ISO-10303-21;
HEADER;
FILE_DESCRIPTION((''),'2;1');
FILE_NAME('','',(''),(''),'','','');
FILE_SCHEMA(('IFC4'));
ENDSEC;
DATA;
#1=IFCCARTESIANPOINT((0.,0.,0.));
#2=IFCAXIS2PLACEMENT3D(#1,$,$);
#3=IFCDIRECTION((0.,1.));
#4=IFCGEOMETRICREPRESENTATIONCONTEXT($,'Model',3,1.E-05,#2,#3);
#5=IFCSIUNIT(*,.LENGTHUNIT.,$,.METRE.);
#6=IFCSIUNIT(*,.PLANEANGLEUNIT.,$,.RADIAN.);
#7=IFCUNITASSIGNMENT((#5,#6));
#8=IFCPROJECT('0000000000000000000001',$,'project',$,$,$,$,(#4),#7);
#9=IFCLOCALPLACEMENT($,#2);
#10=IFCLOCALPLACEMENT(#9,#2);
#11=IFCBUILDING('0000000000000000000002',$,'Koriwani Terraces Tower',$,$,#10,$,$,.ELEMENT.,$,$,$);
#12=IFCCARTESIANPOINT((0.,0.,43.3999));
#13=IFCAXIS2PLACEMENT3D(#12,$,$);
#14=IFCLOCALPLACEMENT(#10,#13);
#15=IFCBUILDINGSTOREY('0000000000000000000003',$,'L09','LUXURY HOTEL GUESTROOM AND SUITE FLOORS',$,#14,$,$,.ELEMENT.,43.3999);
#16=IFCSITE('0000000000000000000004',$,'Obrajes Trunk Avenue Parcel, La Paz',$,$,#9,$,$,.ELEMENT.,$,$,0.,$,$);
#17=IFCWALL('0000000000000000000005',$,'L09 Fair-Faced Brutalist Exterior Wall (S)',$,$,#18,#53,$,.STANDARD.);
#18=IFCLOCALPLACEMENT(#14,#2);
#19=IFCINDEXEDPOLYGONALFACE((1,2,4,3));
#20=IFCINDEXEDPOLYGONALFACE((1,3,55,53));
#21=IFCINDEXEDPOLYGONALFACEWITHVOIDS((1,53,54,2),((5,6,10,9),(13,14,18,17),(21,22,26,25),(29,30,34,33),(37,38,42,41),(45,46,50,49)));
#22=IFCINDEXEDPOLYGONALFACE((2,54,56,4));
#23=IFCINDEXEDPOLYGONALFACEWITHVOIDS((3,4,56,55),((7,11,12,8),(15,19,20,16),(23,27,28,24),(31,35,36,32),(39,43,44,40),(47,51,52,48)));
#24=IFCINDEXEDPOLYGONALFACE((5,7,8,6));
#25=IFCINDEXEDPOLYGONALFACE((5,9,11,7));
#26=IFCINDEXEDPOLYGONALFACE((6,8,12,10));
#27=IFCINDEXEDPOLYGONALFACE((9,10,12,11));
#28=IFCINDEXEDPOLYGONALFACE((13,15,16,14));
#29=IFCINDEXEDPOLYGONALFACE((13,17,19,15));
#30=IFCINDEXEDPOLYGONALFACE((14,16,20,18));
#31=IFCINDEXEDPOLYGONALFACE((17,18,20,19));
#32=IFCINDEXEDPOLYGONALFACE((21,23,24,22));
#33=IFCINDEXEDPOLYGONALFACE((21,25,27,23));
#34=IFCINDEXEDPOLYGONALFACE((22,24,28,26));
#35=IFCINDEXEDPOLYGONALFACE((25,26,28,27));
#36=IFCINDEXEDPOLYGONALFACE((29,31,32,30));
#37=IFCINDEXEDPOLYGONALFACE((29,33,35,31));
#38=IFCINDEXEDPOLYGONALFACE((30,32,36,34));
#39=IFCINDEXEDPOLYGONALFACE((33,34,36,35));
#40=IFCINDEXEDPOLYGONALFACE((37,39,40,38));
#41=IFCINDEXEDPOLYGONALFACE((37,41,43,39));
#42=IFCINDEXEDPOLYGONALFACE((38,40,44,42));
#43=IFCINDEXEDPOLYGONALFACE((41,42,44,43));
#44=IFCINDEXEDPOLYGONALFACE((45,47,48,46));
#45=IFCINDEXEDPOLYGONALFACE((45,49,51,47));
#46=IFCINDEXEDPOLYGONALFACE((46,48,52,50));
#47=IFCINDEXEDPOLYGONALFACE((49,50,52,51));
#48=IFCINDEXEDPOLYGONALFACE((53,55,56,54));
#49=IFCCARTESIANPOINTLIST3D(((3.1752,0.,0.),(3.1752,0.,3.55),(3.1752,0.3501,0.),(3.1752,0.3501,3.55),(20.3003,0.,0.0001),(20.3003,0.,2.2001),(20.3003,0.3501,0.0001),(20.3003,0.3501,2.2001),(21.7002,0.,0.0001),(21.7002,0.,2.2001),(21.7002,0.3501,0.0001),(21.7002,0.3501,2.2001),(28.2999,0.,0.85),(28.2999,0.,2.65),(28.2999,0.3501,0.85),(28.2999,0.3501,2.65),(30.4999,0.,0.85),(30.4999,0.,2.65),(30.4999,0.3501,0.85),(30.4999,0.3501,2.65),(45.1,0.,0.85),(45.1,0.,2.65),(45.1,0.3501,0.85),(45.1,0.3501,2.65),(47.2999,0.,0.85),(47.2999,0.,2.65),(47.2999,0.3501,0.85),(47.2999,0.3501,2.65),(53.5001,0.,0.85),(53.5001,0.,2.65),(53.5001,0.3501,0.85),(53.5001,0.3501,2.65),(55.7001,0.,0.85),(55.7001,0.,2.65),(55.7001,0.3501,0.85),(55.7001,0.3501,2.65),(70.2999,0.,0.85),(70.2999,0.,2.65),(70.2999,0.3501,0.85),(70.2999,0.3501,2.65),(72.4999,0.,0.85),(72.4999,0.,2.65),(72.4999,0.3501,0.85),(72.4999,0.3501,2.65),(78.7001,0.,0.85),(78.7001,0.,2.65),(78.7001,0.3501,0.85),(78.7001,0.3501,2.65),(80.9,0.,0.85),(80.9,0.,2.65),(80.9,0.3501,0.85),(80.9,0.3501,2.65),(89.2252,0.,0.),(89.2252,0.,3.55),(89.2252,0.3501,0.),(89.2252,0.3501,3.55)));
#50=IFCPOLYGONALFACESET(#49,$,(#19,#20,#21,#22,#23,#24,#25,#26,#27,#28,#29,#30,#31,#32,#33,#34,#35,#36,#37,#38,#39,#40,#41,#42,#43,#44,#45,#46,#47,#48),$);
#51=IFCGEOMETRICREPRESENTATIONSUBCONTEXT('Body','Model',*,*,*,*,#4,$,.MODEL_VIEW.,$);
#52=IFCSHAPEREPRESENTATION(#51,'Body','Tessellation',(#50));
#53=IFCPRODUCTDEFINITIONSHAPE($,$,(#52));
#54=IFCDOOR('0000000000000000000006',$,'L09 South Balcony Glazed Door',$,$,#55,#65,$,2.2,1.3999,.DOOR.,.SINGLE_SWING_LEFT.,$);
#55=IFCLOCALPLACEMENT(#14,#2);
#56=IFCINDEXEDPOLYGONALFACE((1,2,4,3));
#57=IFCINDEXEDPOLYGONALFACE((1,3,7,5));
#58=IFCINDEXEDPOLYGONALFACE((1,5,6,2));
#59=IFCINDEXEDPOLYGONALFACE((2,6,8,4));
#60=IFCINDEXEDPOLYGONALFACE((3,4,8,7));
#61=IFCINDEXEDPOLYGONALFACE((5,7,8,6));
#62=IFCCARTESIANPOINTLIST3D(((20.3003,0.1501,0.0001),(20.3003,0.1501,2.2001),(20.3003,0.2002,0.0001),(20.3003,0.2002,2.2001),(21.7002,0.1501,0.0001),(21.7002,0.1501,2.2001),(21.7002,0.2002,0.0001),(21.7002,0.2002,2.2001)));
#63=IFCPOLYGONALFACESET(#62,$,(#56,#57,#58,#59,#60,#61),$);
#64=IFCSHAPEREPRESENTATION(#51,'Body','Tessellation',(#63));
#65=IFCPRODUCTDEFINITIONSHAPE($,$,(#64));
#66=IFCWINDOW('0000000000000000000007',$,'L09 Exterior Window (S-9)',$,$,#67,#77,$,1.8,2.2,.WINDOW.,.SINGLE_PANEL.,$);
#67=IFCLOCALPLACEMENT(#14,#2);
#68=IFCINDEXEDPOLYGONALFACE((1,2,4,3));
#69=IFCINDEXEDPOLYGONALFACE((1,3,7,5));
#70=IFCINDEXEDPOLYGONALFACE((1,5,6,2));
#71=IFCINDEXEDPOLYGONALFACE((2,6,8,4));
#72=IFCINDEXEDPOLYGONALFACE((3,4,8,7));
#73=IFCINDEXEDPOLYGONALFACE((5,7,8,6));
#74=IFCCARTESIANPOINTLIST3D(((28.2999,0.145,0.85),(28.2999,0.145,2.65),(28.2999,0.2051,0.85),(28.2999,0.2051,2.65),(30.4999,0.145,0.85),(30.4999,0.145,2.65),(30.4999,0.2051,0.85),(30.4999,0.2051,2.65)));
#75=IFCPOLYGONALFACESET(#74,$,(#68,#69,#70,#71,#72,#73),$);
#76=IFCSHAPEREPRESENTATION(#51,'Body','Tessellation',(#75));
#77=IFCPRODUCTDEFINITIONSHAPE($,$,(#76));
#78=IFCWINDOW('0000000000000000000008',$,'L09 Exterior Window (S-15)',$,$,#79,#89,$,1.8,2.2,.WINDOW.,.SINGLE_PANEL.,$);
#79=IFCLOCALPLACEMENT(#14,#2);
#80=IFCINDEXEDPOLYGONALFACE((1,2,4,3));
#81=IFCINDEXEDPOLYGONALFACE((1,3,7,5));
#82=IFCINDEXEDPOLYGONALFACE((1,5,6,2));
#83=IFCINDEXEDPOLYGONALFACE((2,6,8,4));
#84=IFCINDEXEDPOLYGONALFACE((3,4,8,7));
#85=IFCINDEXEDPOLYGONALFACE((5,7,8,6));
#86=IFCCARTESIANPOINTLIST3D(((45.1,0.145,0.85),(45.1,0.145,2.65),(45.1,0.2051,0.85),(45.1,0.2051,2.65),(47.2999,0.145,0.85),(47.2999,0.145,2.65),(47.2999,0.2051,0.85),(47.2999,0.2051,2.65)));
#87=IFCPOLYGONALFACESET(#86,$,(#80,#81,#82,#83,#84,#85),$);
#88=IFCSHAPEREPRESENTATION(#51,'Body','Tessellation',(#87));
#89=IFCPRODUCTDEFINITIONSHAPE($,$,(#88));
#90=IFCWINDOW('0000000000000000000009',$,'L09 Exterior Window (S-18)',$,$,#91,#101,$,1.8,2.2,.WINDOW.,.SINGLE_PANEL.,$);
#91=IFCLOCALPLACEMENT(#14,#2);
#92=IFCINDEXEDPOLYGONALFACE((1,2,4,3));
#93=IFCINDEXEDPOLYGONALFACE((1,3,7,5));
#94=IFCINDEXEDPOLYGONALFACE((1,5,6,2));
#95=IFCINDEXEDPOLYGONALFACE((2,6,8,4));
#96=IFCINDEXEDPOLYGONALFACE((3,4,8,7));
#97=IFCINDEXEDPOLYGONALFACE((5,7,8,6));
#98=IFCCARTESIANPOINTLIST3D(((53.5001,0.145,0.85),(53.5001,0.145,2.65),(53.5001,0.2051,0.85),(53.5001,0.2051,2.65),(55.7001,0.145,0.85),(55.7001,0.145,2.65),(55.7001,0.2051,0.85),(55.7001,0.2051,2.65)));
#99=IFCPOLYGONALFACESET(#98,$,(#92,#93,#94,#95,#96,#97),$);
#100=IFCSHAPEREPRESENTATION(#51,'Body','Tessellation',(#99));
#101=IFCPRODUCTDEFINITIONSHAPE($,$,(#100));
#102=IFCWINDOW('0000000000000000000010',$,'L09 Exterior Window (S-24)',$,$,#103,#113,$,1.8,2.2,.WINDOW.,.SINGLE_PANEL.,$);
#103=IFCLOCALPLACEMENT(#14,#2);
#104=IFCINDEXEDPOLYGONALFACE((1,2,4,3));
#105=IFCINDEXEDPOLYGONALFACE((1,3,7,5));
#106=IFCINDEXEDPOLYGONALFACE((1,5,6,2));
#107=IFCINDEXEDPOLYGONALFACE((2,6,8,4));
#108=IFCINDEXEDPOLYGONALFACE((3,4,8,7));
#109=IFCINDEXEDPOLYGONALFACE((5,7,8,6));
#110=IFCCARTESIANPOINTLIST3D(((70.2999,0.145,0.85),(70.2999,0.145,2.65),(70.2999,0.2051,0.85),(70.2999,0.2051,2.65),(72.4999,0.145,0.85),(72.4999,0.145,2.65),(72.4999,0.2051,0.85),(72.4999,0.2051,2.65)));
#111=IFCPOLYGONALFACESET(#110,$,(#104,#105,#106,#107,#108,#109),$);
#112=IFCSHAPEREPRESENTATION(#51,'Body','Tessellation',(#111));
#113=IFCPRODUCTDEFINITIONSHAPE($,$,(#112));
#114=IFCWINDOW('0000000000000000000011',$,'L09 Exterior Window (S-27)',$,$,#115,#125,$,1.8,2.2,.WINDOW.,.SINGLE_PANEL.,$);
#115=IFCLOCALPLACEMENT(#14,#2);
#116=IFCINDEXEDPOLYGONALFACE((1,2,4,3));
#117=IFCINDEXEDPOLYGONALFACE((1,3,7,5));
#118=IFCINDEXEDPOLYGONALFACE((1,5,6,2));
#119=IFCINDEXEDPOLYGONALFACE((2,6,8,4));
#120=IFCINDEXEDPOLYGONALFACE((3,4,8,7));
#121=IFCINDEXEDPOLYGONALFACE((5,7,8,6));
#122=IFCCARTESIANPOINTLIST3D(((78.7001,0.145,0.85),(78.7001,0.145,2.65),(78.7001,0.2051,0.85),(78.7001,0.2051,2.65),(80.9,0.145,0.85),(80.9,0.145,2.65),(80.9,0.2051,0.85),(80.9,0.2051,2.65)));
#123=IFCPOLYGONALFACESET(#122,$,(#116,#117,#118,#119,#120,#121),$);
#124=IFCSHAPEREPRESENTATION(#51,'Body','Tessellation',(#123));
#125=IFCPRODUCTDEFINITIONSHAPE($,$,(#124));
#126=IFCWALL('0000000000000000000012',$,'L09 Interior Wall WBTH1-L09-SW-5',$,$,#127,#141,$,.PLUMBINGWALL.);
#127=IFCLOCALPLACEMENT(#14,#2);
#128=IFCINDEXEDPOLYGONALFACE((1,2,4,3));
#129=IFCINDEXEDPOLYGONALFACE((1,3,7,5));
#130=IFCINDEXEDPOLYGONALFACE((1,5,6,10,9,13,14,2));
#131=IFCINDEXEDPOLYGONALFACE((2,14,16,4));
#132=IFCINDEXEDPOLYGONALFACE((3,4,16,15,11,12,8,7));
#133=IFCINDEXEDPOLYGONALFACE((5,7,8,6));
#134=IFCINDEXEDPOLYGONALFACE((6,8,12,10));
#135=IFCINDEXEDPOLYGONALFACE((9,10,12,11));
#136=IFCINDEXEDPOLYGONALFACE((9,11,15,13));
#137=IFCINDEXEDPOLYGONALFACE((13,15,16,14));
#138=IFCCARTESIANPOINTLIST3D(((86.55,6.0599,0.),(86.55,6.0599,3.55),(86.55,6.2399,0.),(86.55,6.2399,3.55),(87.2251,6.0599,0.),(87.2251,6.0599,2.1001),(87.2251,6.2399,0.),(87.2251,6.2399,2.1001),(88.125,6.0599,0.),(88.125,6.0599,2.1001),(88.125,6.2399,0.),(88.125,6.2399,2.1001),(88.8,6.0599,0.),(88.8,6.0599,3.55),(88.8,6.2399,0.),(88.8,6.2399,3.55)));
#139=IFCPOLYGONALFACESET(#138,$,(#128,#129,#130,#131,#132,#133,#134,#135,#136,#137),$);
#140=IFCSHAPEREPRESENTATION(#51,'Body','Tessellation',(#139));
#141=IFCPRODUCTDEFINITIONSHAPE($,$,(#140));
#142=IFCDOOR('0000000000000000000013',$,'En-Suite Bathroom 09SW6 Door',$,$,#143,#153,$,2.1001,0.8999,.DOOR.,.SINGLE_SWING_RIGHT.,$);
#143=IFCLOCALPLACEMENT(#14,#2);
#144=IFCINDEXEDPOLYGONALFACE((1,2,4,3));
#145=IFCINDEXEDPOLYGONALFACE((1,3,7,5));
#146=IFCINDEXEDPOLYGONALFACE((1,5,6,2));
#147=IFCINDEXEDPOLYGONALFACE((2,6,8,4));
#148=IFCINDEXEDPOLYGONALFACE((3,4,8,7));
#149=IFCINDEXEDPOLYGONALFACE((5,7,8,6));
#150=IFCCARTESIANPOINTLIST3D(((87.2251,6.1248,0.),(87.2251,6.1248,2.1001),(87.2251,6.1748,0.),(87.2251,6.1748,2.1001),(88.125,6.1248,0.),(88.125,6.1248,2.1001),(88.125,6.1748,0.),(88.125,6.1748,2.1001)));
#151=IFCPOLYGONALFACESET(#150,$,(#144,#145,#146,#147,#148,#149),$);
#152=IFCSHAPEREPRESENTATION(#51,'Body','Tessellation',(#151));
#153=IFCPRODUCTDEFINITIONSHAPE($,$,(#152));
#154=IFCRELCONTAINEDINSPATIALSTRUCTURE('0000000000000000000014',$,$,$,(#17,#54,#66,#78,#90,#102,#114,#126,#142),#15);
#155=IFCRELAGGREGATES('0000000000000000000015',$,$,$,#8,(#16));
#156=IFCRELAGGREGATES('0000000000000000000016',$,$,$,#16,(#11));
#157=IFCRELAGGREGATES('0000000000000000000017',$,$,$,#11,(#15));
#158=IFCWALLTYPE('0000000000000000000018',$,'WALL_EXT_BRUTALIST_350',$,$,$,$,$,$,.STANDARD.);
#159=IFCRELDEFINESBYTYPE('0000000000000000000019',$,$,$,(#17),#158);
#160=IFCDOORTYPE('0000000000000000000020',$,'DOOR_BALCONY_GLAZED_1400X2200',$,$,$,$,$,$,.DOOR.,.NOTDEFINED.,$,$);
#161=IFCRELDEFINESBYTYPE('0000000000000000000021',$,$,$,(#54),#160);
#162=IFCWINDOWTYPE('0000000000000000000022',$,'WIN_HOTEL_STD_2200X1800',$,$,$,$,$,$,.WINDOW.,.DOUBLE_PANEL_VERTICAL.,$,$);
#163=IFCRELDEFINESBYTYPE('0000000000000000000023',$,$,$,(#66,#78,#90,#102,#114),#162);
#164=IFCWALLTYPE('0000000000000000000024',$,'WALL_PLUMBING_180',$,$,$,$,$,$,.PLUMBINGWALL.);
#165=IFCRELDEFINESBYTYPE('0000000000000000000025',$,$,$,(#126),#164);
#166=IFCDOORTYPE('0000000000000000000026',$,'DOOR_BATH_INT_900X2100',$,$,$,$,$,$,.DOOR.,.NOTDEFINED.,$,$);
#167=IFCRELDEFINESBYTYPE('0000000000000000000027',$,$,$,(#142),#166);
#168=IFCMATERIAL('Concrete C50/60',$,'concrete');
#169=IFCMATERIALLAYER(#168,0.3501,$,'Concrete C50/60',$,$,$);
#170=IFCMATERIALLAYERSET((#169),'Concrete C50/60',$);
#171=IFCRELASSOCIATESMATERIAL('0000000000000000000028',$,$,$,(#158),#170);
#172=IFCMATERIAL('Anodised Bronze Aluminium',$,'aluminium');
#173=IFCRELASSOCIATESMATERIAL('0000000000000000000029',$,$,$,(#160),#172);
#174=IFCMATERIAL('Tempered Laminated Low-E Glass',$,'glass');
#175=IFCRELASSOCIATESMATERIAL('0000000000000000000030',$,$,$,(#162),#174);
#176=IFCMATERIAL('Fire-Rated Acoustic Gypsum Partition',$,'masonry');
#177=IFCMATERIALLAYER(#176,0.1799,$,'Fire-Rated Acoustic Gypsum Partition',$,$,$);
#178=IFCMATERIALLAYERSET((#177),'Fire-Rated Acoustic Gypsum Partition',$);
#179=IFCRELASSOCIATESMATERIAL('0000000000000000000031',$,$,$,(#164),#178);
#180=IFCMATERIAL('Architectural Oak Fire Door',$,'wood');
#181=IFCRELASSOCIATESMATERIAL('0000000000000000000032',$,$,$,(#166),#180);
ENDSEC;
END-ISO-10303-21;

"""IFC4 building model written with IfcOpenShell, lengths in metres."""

from ifc_helpers import new_model, si_unit, direction, frame, frame_2d, origin, place, context, subcontext, project, spatial, rectangle, extrude, material, layer, layer_set, type_object, element, fill, save


model = new_model("IFC4")

# Units and contexts
model_context = context("Model", 3, precision=1e-05, world=origin(), true_north=direction((0.0, 1.0)))
body_context = subcontext(model_context, "Body", "Model", "MODEL_VIEW")
ifc_project = project(units=[si_unit("LENGTHUNIT", "METRE"), si_unit("PLANEANGLEUNIT", "RADIAN")], contexts=[model_context])

# Site, building, storey
site_placement = place(None, origin())
site = spatial("IfcSite", under=ifc_project, at=site_placement, Name="Obrajes Trunk Avenue Parcel, La Paz", CompositionType="ELEMENT", RefElevation=0.0)
building_placement = place(site_placement, origin())
building = spatial("IfcBuilding", under=site, at=building_placement, Name="Koriwani Terraces Tower", CompositionType="ELEMENT")
storey_placement = place(building_placement, frame((0.0, 0.0, 43.3999)))
storey = spatial("IfcBuildingStorey", under=building, at=storey_placement, Name="L09", Description="LUXURY HOTEL GUESTROOM AND SUITE FLOORS", CompositionType="ELEMENT", Elevation=43.3999)

# Shared definitions
ifc_material_1 = material(Name="Concrete C50/60", Category="concrete")

# Shared definitions
ifc_layer_1 = layer(ifc_material_1, 0.3501, Name="Concrete C50/60")
ifc_layer_set_1 = layer_set([ifc_layer_1], Name="Concrete C50/60")
wall_type_1 = type_object("IfcWallType", Name="WALL_EXT_BRUTALIST_350", PredefinedType="STANDARD", material=ifc_layer_set_1)

# Shared definitions
ifc_material_2 = material(Name="Tempered Laminated Low-E Glass", Category="glass")

# Wall, openings, door, windows
wall_1_placement = place(storey_placement, frame((89.2251, 0.175, 0.0), z_axis=(0.0, 0.0, 1.0), x_axis=(-1.0, 0.0, 0.0)))
wall_1 = element("IfcWall", 1, at=wall_1_placement, inside=storey, type_object=wall_type_1, Name="L09 Fair-Faced Brutalist Exterior Wall (S)", PredefinedType="STANDARD", context=body_context, shape_type="SweptSolid", body=[
    extrude(rectangle(XDim=86.05, YDim=0.3501, at=frame_2d((43.0249, 0.0))), origin(), (0.0, 0.0, 1.0), 3.55),
])
opening_1_placement = place(wall_1_placement, frame((67.5249, 0.0, 0.0)))
opening_1 = element("IfcOpeningElement", 2, at=opening_1_placement, cuts=wall_1, PredefinedType="OPENING", context=body_context, shape_type="SweptSolid", body=[
    extrude(rectangle(XDim=1.3999, YDim=2.2, at=frame_2d((0.7, 1.1001))), frame((0.0, 0.1851, 0.0), z_axis=(0.0, -1.0, 0.0), x_axis=(1.0, 0.0, 0.0)), (0.0, 0.0, 1.0), 0.3701),
])
opening_2_placement = place(wall_1_placement, frame((58.7251, 0.0, 0.8501)))
opening_2 = element("IfcOpeningElement", 3, at=opening_2_placement, cuts=wall_1, PredefinedType="OPENING", context=body_context, shape_type="SweptSolid", body=[
    extrude(rectangle(XDim=2.2, YDim=1.8, at=frame_2d((1.1001, 0.8999))), frame((0.0, 0.1851, 0.0), z_axis=(0.0, -1.0, 0.0), x_axis=(1.0, 0.0, 0.0)), (0.0, 0.0, 1.0), 0.3701),
])
opening_3_placement = place(wall_1_placement, frame((41.925, 0.0, 0.8501)))
opening_3 = element("IfcOpeningElement", 4, at=opening_3_placement, cuts=wall_1, PredefinedType="OPENING", context=body_context, shape_type="SweptSolid", body=[
    extrude(rectangle(XDim=2.2, YDim=1.8, at=frame_2d((1.1001, 0.8999))), frame((0.0, 0.1851, 0.0), z_axis=(0.0, -1.0, 0.0), x_axis=(1.0, 0.0, 0.0)), (0.0, 0.0, 1.0), 0.3701),
])
opening_4_placement = place(wall_1_placement, frame((33.5249, 0.0, 0.8501)))
opening_4 = element("IfcOpeningElement", 5, at=opening_4_placement, cuts=wall_1, PredefinedType="OPENING", context=body_context, shape_type="SweptSolid", body=[
    extrude(rectangle(XDim=2.2, YDim=1.8, at=frame_2d((1.1001, 0.8999))), frame((0.0, 0.1851, 0.0), z_axis=(0.0, -1.0, 0.0), x_axis=(1.0, 0.0, 0.0)), (0.0, 0.0, 1.0), 0.3701),
])
opening_5_placement = place(wall_1_placement, frame((16.7251, 0.0, 0.8501)))
opening_5 = element("IfcOpeningElement", 6, at=opening_5_placement, cuts=wall_1, PredefinedType="OPENING", context=body_context, shape_type="SweptSolid", body=[
    extrude(rectangle(XDim=2.2, YDim=1.8, at=frame_2d((1.1001, 0.8999))), frame((0.0, 0.1851, 0.0), z_axis=(0.0, -1.0, 0.0), x_axis=(1.0, 0.0, 0.0)), (0.0, 0.0, 1.0), 0.3701),
])
opening_6_placement = place(wall_1_placement, frame((8.325, 0.0, 0.8501)))
opening_6 = element("IfcOpeningElement", 7, at=opening_6_placement, cuts=wall_1, PredefinedType="OPENING", context=body_context, shape_type="SweptSolid", body=[
    extrude(rectangle(XDim=2.2, YDim=1.8, at=frame_2d((1.1001, 0.8999))), frame((0.0, 0.1851, 0.0), z_axis=(0.0, -1.0, 0.0), x_axis=(1.0, 0.0, 0.0)), (0.0, 0.0, 1.0), 0.3701),
])
ifc_material_3 = material(Name="Anodised Bronze Aluminium", Category="aluminium")
door_type_1 = type_object("IfcDoorType", Name="DOOR_BALCONY_GLAZED_1400X2200", OperationType="NOTDEFINED", PredefinedType="DOOR", material=ifc_material_3)
door_1_placement = place(opening_1_placement, origin())
door_1 = element("IfcDoor", 8, at=door_1_placement, inside=storey, type_object=door_type_1, Name="L09 South Balcony Glazed Door", OperationType="SINGLE_SWING_LEFT", OverallHeight=2.2, OverallWidth=1.3999, PredefinedType="DOOR", context=body_context, shape_type="SweptSolid", body=[
    extrude(rectangle(XDim=1.3999, YDim=2.2, at=frame_2d((0.7, 1.1001))), frame((0.0, 0.0249, 0.0), z_axis=(0.0, -1.0, 0.0), x_axis=(1.0, 0.0, 0.0)), (0.0, 0.0, 1.0), 0.05),
])
fill(opening_1, door_1)
window_type_1 = type_object("IfcWindowType", Name="WIN_HOTEL_STD_2200X1800", PartitioningType="DOUBLE_PANEL_VERTICAL", PredefinedType="WINDOW", material=ifc_material_2)
window_1_placement = place(opening_2_placement, origin())
window_1 = element("IfcWindow", 9, at=window_1_placement, inside=storey, type_object=window_type_1, Name="L09 Exterior Window (S-9)", OverallHeight=1.8, OverallWidth=2.2, PartitioningType="SINGLE_PANEL", PredefinedType="WINDOW", context=body_context, shape_type="SweptSolid", body=[
    extrude(rectangle(XDim=2.2, YDim=1.8, at=frame_2d((1.1001, 0.8999))), frame((0.0, 0.03, 0.0), z_axis=(0.0, -1.0, 0.0), x_axis=(1.0, 0.0, 0.0)), (0.0, 0.0, 1.0), 0.0601),
])
fill(opening_2, window_1)
window_2_placement = place(opening_3_placement, origin())
window_2 = element("IfcWindow", 10, at=window_2_placement, inside=storey, type_object=window_type_1, Name="L09 Exterior Window (S-15)", OverallHeight=1.8, OverallWidth=2.2, PartitioningType="SINGLE_PANEL", PredefinedType="WINDOW", context=body_context, shape_type="SweptSolid", body=[
    extrude(rectangle(XDim=2.2, YDim=1.8, at=frame_2d((1.1001, 0.8999))), frame((0.0, 0.03, 0.0), z_axis=(0.0, -1.0, 0.0), x_axis=(1.0, 0.0, 0.0)), (0.0, 0.0, 1.0), 0.0601),
])
fill(opening_3, window_2)
window_3_placement = place(opening_4_placement, origin())
window_3 = element("IfcWindow", 11, at=window_3_placement, inside=storey, type_object=window_type_1, Name="L09 Exterior Window (S-18)", OverallHeight=1.8, OverallWidth=2.2, PartitioningType="SINGLE_PANEL", PredefinedType="WINDOW", context=body_context, shape_type="SweptSolid", body=[
    extrude(rectangle(XDim=2.2, YDim=1.8, at=frame_2d((1.1001, 0.8999))), frame((0.0, 0.03, 0.0), z_axis=(0.0, -1.0, 0.0), x_axis=(1.0, 0.0, 0.0)), (0.0, 0.0, 1.0), 0.0601),
])
fill(opening_4, window_3)
window_4_placement = place(opening_5_placement, origin())
window_4 = element("IfcWindow", 12, at=window_4_placement, inside=storey, type_object=window_type_1, Name="L09 Exterior Window (S-24)", OverallHeight=1.8, OverallWidth=2.2, PartitioningType="SINGLE_PANEL", PredefinedType="WINDOW", context=body_context, shape_type="SweptSolid", body=[
    extrude(rectangle(XDim=2.2, YDim=1.8, at=frame_2d((1.1001, 0.8999))), frame((0.0, 0.03, 0.0), z_axis=(0.0, -1.0, 0.0), x_axis=(1.0, 0.0, 0.0)), (0.0, 0.0, 1.0), 0.0601),
])
fill(opening_5, window_4)
window_5_placement = place(opening_6_placement, origin())
window_5 = element("IfcWindow", 13, at=window_5_placement, inside=storey, type_object=window_type_1, Name="L09 Exterior Window (S-27)", OverallHeight=1.8, OverallWidth=2.2, PartitioningType="SINGLE_PANEL", PredefinedType="WINDOW", context=body_context, shape_type="SweptSolid", body=[
    extrude(rectangle(XDim=2.2, YDim=1.8, at=frame_2d((1.1001, 0.8999))), frame((0.0, 0.03, 0.0), z_axis=(0.0, -1.0, 0.0), x_axis=(1.0, 0.0, 0.0)), (0.0, 0.0, 1.0), 0.0601),
])
fill(opening_6, window_5)

# Wall, opening, door
ifc_material_4 = material(Name="Fire-Rated Acoustic Gypsum Partition", Category="masonry")
ifc_layer_2 = layer(ifc_material_4, 0.1799, Name="Fire-Rated Acoustic Gypsum Partition")
ifc_layer_set_2 = layer_set([ifc_layer_2], Name="Fire-Rated Acoustic Gypsum Partition")
wall_type_2 = type_object("IfcWallType", Name="WALL_PLUMBING_180", PredefinedType="PLUMBINGWALL", material=ifc_layer_set_2)
wall_2_placement = place(storey_placement, frame((86.55, 6.1499, 0.0), z_axis=(0.0, 0.0, 1.0), x_axis=(1.0, 0.0, 0.0)))
wall_2 = element("IfcWall", 14, at=wall_2_placement, inside=storey, type_object=wall_type_2, Name="L09 Interior Wall WBTH1-L09-SW-5", PredefinedType="PLUMBINGWALL", context=body_context, shape_type="SweptSolid", body=[
    extrude(rectangle(XDim=2.25, YDim=0.1799, at=frame_2d((1.125, 0.0))), origin(), (0.0, 0.0, 1.0), 3.55),
])
opening_7_placement = place(wall_2_placement, frame((0.675, 0.0, 0.0)))
opening_7 = element("IfcOpeningElement", 15, at=opening_7_placement, cuts=wall_2, PredefinedType="OPENING", context=body_context, shape_type="SweptSolid", body=[
    extrude(rectangle(XDim=0.8999, YDim=2.1001, at=frame_2d((0.45, 1.05))), frame((0.0, 0.1001, 0.0), z_axis=(0.0, -1.0, 0.0), x_axis=(1.0, 0.0, 0.0)), (0.0, 0.0, 1.0), 0.2),
])
ifc_material_5 = material(Name="Architectural Oak Fire Door", Category="wood")
door_type_2 = type_object("IfcDoorType", Name="DOOR_BATH_INT_900X2100", OperationType="NOTDEFINED", PredefinedType="DOOR", material=ifc_material_5)
door_2_placement = place(opening_7_placement, origin())
door_2 = element("IfcDoor", 16, at=door_2_placement, inside=storey, type_object=door_type_2, Name="En-Suite Bathroom 09SW6 Door", OperationType="SINGLE_SWING_RIGHT", OverallHeight=2.1001, OverallWidth=0.8999, PredefinedType="DOOR", context=body_context, shape_type="SweptSolid", body=[
    extrude(rectangle(XDim=0.8999, YDim=2.1001, at=frame_2d((0.45, 1.05))), frame((0.0, 0.0249, 0.0), z_axis=(0.0, -1.0, 0.0), x_axis=(1.0, 0.0, 0.0)), (0.0, 0.0, 1.0), 0.05),
])
fill(opening_7, door_2)

save(model, "model.ifc")
